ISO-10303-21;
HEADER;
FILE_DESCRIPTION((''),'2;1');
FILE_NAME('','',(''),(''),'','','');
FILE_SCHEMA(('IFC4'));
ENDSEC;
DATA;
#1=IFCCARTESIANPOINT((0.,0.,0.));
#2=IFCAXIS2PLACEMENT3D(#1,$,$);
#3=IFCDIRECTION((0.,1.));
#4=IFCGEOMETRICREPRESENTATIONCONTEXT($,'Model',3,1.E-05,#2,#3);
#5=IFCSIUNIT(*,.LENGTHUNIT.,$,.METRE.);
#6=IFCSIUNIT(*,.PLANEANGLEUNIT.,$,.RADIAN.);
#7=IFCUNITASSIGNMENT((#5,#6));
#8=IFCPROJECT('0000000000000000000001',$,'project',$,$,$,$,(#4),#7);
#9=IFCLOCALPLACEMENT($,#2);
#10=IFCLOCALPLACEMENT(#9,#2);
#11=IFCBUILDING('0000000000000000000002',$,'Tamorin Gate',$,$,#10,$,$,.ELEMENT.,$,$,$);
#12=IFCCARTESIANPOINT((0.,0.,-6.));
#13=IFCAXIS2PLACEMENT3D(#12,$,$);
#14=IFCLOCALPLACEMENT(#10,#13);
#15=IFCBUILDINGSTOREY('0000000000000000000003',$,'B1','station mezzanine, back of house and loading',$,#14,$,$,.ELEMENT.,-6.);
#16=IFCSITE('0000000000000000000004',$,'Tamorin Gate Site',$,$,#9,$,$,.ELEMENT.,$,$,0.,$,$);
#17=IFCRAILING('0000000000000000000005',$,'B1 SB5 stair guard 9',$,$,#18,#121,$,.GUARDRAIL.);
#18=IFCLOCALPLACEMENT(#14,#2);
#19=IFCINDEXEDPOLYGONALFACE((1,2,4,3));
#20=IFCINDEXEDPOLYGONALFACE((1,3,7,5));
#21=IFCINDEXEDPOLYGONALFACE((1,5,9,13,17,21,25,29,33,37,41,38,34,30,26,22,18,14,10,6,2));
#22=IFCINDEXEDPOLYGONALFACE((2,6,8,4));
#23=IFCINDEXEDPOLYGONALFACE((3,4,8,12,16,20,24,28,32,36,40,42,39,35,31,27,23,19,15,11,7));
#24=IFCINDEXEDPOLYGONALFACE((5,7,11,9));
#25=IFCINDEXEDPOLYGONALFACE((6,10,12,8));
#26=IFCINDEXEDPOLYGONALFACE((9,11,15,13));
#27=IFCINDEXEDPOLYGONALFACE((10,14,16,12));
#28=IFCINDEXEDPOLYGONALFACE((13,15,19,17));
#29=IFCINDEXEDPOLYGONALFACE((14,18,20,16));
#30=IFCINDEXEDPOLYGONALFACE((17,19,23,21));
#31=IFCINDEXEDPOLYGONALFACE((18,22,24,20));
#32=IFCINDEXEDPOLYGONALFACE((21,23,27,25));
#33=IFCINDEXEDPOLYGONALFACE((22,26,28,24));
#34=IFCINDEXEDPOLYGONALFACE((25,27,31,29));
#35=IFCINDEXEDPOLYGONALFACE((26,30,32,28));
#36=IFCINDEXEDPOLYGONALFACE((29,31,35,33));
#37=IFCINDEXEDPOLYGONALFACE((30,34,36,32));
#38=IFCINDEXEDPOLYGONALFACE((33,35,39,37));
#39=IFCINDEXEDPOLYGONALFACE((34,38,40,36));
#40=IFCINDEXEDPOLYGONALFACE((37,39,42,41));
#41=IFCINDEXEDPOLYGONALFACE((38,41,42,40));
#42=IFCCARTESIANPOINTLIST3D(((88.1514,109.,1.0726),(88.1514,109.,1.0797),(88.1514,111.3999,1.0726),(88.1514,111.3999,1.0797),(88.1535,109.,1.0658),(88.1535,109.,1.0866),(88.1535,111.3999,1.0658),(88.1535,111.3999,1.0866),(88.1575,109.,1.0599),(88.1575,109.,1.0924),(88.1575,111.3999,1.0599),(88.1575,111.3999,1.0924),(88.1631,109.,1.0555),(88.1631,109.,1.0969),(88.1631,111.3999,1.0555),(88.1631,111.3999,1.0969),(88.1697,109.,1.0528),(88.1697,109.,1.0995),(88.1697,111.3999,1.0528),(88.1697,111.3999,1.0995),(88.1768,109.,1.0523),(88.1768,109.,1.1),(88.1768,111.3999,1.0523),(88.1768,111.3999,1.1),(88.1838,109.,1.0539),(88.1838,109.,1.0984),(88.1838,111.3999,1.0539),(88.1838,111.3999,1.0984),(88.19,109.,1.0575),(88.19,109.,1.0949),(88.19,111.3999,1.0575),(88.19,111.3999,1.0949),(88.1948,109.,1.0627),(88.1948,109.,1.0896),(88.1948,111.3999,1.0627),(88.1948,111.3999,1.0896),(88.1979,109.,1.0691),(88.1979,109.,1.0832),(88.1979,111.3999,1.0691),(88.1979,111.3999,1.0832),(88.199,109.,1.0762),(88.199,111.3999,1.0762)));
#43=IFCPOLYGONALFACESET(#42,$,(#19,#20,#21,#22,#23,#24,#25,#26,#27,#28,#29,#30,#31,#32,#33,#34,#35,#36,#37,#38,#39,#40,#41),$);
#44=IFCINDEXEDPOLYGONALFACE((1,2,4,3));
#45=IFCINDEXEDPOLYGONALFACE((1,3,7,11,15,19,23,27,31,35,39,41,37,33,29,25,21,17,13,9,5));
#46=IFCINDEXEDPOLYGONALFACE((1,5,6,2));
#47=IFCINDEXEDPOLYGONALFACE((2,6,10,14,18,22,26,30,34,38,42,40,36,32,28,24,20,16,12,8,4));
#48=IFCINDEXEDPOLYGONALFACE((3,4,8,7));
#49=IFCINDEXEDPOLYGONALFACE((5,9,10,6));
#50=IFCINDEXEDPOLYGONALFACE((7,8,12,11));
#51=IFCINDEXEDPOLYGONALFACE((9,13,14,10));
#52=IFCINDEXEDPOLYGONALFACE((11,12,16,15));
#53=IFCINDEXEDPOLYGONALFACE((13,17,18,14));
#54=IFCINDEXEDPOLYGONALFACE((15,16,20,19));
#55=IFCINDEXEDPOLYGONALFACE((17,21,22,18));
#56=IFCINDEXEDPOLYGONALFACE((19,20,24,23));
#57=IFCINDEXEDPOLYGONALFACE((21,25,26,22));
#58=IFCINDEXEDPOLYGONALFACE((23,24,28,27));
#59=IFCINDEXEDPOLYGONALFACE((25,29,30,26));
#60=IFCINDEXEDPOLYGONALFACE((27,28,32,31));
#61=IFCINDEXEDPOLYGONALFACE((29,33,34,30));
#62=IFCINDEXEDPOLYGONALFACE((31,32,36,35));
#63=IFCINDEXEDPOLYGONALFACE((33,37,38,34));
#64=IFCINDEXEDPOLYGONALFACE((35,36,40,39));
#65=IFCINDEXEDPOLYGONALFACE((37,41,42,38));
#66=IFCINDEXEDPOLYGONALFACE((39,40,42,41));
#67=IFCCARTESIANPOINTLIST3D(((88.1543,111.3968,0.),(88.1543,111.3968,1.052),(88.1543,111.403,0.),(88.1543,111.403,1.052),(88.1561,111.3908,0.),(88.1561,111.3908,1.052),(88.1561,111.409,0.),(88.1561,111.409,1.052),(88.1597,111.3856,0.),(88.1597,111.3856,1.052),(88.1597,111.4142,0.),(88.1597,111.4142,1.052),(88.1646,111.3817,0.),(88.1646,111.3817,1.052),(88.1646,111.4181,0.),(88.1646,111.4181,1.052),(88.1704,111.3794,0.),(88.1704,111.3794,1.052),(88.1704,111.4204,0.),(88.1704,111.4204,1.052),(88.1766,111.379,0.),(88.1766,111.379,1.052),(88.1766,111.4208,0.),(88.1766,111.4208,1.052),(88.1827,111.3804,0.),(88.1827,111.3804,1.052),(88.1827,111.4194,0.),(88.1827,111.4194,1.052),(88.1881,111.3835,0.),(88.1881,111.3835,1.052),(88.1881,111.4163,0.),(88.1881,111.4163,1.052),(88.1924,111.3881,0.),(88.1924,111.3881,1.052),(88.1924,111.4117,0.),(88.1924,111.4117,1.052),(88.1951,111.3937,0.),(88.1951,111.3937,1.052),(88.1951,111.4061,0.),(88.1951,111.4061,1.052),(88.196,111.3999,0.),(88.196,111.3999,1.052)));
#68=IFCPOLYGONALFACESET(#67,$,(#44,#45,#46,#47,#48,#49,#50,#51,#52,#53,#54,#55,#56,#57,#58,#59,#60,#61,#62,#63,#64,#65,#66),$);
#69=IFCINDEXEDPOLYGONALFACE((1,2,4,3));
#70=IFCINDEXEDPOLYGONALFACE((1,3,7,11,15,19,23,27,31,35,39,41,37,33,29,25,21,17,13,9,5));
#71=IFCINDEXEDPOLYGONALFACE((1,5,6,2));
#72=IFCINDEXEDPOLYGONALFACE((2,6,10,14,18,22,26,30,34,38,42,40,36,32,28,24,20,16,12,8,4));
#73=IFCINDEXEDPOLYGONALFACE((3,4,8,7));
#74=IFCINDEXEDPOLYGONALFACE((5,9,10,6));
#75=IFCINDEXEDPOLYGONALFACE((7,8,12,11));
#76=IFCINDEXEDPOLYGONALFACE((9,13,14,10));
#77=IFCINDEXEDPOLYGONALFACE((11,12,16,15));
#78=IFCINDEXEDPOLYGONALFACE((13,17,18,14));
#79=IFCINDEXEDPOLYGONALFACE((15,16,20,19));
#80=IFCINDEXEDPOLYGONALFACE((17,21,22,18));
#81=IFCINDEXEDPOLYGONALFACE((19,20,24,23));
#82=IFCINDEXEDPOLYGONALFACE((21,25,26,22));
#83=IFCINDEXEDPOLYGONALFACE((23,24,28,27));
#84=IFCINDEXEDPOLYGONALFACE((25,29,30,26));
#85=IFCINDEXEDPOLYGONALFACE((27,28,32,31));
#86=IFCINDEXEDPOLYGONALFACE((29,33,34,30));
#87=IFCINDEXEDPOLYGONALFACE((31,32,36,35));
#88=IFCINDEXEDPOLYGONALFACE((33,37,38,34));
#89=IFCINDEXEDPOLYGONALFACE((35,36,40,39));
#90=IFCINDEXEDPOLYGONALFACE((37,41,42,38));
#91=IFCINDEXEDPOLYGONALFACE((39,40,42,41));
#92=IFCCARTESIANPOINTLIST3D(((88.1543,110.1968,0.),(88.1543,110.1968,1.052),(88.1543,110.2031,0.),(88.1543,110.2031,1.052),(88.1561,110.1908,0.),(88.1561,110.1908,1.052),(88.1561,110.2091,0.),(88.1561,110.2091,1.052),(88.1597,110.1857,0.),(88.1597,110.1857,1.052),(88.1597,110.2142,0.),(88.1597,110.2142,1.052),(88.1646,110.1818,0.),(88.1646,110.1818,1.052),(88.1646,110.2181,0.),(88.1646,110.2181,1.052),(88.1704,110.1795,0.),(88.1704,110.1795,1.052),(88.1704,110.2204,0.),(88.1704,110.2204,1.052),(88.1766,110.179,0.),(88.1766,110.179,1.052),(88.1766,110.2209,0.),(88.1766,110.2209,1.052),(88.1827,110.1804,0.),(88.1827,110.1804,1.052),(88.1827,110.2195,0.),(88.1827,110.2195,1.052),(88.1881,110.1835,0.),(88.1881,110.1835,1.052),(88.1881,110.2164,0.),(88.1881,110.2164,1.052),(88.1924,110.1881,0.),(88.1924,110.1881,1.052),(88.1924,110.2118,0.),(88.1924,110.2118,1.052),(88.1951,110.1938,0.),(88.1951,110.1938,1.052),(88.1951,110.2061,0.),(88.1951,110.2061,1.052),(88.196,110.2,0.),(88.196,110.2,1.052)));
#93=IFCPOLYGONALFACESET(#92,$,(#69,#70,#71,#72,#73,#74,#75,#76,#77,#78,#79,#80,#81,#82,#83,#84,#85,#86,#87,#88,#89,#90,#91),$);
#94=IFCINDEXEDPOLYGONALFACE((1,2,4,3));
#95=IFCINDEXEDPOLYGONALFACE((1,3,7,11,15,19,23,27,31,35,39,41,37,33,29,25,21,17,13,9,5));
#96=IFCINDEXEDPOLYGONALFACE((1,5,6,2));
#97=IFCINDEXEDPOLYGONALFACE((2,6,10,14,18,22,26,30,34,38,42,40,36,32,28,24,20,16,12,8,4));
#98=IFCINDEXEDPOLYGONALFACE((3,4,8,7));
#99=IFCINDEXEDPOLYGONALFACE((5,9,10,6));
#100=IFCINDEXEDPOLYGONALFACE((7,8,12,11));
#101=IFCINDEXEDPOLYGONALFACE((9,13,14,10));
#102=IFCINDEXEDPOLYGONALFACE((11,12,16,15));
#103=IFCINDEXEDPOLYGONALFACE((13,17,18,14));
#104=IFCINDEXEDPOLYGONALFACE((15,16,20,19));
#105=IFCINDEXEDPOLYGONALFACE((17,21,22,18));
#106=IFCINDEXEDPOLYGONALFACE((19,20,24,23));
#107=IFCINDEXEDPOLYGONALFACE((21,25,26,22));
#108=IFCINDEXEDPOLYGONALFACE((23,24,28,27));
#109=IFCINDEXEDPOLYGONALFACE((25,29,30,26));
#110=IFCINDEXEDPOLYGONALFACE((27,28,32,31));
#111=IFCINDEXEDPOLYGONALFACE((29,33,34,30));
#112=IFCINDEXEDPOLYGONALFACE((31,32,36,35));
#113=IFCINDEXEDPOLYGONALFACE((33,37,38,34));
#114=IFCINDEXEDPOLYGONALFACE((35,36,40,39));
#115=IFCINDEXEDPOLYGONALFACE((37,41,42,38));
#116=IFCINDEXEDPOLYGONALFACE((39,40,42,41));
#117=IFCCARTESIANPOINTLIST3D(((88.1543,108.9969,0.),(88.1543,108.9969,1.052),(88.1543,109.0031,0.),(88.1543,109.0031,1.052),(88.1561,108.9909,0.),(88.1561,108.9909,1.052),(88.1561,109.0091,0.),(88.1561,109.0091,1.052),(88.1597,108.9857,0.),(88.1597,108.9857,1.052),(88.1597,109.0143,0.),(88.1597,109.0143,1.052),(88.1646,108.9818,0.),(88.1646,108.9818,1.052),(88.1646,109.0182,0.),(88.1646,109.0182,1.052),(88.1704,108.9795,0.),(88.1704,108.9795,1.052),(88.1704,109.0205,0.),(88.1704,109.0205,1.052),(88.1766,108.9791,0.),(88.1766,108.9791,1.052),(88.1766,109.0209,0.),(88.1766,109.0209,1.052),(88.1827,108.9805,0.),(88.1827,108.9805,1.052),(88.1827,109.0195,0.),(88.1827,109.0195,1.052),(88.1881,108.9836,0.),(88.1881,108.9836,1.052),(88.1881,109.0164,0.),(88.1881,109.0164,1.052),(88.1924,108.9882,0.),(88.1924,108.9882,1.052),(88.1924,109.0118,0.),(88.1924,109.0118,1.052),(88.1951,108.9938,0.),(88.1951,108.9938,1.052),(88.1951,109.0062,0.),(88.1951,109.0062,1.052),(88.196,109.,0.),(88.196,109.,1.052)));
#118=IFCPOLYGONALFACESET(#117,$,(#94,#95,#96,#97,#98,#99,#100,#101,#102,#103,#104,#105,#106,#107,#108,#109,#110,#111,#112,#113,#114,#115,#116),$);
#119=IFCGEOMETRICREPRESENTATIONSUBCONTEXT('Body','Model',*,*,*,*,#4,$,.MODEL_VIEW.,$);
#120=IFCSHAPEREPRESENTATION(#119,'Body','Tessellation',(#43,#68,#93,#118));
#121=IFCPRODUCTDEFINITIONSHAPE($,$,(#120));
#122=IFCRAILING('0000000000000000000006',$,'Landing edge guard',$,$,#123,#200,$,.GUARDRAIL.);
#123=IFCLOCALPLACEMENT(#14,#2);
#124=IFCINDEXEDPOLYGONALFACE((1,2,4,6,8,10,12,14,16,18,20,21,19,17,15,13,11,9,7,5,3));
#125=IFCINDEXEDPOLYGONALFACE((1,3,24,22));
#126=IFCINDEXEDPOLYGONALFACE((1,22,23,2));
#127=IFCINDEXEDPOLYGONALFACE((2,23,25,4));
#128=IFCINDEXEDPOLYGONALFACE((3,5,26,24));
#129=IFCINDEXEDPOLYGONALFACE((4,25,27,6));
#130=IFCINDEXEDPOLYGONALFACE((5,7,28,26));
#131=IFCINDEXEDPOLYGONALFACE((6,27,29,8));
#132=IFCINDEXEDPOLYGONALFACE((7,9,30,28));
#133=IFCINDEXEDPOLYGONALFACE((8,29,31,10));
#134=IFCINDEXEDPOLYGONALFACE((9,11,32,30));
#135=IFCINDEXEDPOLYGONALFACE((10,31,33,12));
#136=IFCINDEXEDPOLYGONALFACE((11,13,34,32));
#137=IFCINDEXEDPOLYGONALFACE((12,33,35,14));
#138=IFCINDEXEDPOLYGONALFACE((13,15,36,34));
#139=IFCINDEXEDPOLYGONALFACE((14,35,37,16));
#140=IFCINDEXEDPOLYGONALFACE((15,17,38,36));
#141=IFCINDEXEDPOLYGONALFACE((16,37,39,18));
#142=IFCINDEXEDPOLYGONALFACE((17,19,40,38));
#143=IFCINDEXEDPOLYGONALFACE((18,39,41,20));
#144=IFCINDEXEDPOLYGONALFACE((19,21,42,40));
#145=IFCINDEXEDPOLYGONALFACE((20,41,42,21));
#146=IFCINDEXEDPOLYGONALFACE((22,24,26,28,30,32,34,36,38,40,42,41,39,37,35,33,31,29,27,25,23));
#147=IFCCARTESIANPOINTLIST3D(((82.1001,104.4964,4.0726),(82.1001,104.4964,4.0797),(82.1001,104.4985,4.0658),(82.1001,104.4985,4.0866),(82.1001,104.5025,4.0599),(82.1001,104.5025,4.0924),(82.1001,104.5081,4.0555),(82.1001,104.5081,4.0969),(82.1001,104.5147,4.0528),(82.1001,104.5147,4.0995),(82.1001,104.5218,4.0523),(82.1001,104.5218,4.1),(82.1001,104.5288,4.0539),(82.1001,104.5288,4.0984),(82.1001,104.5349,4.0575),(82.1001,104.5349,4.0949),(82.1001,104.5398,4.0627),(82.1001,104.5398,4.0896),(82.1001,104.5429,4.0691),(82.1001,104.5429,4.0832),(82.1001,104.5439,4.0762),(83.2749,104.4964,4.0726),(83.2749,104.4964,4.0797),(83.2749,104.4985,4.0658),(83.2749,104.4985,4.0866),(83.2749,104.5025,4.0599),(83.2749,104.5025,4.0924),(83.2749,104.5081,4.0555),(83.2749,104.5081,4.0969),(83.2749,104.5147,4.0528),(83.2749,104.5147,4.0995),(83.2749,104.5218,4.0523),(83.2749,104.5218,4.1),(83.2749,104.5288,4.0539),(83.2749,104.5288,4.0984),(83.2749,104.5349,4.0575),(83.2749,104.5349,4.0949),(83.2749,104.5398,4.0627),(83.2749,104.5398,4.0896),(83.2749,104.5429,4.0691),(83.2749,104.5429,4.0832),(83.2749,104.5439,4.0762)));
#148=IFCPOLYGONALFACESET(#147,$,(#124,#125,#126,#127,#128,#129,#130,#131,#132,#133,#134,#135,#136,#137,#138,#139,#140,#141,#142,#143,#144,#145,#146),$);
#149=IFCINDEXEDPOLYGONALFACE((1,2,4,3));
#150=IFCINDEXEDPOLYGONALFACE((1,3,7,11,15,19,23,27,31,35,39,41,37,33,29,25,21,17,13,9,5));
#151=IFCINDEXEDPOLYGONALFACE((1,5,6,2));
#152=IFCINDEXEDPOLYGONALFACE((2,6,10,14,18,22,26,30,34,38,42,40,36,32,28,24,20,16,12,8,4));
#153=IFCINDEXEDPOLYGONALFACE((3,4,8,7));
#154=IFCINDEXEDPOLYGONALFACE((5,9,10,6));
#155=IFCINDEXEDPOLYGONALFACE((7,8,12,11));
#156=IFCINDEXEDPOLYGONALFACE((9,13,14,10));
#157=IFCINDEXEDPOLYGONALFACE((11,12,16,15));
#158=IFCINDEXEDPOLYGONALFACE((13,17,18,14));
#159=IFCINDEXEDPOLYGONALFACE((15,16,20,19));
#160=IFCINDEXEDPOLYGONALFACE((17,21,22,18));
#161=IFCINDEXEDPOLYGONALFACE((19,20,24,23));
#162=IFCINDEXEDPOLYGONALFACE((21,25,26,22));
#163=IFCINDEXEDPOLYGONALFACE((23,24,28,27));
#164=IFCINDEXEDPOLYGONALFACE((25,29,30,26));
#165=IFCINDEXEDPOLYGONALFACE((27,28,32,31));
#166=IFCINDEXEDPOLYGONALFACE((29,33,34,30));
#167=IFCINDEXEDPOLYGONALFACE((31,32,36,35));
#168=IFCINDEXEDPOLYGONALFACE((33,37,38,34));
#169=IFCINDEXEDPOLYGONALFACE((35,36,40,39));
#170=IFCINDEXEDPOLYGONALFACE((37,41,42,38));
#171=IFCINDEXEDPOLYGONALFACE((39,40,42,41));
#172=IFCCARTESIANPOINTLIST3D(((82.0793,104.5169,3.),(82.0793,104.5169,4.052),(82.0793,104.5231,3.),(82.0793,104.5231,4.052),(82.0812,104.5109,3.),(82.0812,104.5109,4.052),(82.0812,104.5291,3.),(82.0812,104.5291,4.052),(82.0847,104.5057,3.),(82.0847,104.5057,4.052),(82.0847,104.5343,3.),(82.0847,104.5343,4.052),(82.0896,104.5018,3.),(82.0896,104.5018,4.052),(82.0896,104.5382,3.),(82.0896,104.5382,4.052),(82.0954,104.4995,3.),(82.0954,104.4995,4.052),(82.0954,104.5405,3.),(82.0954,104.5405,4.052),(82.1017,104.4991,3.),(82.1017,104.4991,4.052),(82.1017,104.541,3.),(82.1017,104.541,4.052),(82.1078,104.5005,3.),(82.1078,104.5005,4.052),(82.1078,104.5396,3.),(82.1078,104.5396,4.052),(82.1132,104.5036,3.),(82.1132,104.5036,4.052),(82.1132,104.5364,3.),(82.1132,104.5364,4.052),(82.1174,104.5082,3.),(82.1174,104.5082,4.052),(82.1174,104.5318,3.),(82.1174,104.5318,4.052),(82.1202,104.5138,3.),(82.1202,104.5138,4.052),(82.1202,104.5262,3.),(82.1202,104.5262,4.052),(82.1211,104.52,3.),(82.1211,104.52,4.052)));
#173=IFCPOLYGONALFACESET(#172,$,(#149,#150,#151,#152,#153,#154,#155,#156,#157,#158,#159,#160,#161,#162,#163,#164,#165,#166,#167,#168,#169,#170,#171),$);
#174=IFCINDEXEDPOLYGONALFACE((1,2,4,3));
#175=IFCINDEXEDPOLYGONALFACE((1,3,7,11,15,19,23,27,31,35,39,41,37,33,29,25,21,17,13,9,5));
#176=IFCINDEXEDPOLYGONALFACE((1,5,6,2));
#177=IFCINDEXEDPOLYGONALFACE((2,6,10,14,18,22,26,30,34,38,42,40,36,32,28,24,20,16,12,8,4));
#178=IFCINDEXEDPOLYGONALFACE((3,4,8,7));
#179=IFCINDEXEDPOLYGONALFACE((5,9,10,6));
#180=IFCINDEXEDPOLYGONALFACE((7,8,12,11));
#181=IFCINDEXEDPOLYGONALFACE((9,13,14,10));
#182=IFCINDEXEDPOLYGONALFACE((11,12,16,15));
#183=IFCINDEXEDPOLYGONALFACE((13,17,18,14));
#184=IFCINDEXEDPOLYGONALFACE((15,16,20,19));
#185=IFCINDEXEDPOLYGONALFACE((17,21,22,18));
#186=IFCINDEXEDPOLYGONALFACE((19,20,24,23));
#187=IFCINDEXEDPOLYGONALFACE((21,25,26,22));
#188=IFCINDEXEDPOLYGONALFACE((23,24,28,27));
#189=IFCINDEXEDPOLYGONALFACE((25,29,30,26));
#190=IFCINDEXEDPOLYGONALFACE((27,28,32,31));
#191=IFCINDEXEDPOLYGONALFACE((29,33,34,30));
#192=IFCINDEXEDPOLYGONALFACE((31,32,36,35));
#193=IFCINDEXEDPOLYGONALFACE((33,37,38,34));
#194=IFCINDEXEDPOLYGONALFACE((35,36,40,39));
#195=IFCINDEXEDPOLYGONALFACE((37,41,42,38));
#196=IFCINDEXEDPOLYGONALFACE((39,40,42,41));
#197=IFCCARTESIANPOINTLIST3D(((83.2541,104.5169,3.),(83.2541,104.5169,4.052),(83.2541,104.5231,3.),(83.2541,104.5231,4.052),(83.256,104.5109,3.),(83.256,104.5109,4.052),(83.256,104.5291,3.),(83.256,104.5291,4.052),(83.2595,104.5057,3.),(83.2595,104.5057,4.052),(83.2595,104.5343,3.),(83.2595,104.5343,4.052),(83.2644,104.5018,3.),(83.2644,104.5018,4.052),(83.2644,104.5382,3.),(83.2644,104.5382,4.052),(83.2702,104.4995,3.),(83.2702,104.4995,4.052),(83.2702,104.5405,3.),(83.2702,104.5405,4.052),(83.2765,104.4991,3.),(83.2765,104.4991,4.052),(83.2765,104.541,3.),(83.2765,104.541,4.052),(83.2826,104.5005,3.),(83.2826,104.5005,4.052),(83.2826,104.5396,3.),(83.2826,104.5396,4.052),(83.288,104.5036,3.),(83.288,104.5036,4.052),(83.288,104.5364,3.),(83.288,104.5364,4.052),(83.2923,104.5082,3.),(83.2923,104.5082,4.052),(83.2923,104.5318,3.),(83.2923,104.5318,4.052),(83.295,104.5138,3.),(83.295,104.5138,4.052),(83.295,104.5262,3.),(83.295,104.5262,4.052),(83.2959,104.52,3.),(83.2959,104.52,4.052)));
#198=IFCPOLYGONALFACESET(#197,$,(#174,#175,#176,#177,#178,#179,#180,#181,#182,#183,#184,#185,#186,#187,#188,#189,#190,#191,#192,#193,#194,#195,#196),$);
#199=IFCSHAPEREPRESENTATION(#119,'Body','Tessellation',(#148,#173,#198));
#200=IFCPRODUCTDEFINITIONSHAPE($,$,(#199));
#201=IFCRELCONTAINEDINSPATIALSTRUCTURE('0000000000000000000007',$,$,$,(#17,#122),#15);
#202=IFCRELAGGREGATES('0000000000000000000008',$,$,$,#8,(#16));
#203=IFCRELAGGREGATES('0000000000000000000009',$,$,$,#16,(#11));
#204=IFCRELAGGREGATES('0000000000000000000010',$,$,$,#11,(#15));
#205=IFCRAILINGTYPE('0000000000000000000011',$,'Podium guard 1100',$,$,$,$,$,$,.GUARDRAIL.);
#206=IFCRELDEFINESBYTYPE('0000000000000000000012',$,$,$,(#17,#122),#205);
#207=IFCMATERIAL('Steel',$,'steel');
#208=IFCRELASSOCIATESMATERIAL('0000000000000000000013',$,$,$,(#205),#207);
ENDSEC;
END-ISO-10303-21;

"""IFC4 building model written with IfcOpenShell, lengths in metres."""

from ifc_helpers import new_model, si_unit, direction, frame, origin, origin_2d, place, context, subcontext, project, spatial, circle, extrude, material, type_object, element, save


model = new_model("IFC4")

# Units and contexts
model_context = context("Model", 3, precision=1e-05, world=origin(), true_north=direction((0.0, 1.0)))
body_context = subcontext(model_context, "Body", "Model", "MODEL_VIEW")
ifc_project = project(units=[si_unit("LENGTHUNIT", "METRE"), si_unit("PLANEANGLEUNIT", "RADIAN")], contexts=[model_context])

# Site, building, storey
site_placement = place(None, origin())
site = spatial("IfcSite", under=ifc_project, at=site_placement, Name="Tamorin Gate Site", CompositionType="ELEMENT", RefElevation=0.0)
building_placement = place(site_placement, origin())
building = spatial("IfcBuilding", under=site, at=building_placement, Name="Tamorin Gate", CompositionType="ELEMENT")
storey_placement = place(building_placement, frame((0.0, 0.0, -6.0)))
storey = spatial("IfcBuildingStorey", under=building, at=storey_placement, Name="B1", Description="station mezzanine, back of house and loading", CompositionType="ELEMENT", Elevation=-6.0)

# Railings
ifc_material_1 = material(Name="Steel", Category="steel")
railing_type_1 = type_object("IfcRailingType", Name="Podium guard 1100", PredefinedType="GUARDRAIL", material=ifc_material_1)
for number, where, name in (
    (1, (88.175, 111.3999, 0.0), "B1 SB5 stair guard 9"),
):
    element("IfcRailing", number, at=place(storey_placement, frame(where)), inside=storey, type_object=railing_type_1, Name=name, PredefinedType="GUARDRAIL", context=body_context, shape_type="SweptSolid", body=[
        extrude(circle(Radius=0.0239, at=origin_2d()), frame((0.0, 0.0, 1.0762), z_axis=(0.0, -1.0, 0.0), x_axis=(1.0, 0.0, 0.0)), (0.0, 0.0, 1.0), 2.3999),
        extrude(circle(Radius=0.021, at=origin_2d()), origin(), (0.0, 0.0, 1.0), 1.052),
        extrude(circle(Radius=0.021, at=origin_2d()), frame((0.0, -1.2, 0.0)), (0.0, 0.0, 1.0), 1.052),
        extrude(circle(Radius=0.021, at=origin_2d()), frame((0.0, -2.3999, 0.0)), (0.0, 0.0, 1.0), 1.052),
    ])
for number, where, name in (
    (2, (82.1001, 104.52, 3.0), "Landing edge guard"),
):
    element("IfcRailing", number, at=place(storey_placement, frame(where)), inside=storey, type_object=railing_type_1, Name=name, PredefinedType="GUARDRAIL", context=body_context, shape_type="SweptSolid", body=[
        extrude(circle(Radius=0.0239, at=origin_2d()), frame((0.0, 0.0, 1.0762), z_axis=(1.0, 0.0, 0.0), x_axis=(0.0, 1.0, 0.0)), (0.0, 0.0, 1.0), 1.1748),
        extrude(circle(Radius=0.021, at=origin_2d()), origin(), (0.0, 0.0, 1.0), 1.052),
        extrude(circle(Radius=0.021, at=origin_2d()), frame((1.1748, 0.0, 0.0)), (0.0, 0.0, 1.0), 1.052),
    ])

save(model, "model.ifc")
